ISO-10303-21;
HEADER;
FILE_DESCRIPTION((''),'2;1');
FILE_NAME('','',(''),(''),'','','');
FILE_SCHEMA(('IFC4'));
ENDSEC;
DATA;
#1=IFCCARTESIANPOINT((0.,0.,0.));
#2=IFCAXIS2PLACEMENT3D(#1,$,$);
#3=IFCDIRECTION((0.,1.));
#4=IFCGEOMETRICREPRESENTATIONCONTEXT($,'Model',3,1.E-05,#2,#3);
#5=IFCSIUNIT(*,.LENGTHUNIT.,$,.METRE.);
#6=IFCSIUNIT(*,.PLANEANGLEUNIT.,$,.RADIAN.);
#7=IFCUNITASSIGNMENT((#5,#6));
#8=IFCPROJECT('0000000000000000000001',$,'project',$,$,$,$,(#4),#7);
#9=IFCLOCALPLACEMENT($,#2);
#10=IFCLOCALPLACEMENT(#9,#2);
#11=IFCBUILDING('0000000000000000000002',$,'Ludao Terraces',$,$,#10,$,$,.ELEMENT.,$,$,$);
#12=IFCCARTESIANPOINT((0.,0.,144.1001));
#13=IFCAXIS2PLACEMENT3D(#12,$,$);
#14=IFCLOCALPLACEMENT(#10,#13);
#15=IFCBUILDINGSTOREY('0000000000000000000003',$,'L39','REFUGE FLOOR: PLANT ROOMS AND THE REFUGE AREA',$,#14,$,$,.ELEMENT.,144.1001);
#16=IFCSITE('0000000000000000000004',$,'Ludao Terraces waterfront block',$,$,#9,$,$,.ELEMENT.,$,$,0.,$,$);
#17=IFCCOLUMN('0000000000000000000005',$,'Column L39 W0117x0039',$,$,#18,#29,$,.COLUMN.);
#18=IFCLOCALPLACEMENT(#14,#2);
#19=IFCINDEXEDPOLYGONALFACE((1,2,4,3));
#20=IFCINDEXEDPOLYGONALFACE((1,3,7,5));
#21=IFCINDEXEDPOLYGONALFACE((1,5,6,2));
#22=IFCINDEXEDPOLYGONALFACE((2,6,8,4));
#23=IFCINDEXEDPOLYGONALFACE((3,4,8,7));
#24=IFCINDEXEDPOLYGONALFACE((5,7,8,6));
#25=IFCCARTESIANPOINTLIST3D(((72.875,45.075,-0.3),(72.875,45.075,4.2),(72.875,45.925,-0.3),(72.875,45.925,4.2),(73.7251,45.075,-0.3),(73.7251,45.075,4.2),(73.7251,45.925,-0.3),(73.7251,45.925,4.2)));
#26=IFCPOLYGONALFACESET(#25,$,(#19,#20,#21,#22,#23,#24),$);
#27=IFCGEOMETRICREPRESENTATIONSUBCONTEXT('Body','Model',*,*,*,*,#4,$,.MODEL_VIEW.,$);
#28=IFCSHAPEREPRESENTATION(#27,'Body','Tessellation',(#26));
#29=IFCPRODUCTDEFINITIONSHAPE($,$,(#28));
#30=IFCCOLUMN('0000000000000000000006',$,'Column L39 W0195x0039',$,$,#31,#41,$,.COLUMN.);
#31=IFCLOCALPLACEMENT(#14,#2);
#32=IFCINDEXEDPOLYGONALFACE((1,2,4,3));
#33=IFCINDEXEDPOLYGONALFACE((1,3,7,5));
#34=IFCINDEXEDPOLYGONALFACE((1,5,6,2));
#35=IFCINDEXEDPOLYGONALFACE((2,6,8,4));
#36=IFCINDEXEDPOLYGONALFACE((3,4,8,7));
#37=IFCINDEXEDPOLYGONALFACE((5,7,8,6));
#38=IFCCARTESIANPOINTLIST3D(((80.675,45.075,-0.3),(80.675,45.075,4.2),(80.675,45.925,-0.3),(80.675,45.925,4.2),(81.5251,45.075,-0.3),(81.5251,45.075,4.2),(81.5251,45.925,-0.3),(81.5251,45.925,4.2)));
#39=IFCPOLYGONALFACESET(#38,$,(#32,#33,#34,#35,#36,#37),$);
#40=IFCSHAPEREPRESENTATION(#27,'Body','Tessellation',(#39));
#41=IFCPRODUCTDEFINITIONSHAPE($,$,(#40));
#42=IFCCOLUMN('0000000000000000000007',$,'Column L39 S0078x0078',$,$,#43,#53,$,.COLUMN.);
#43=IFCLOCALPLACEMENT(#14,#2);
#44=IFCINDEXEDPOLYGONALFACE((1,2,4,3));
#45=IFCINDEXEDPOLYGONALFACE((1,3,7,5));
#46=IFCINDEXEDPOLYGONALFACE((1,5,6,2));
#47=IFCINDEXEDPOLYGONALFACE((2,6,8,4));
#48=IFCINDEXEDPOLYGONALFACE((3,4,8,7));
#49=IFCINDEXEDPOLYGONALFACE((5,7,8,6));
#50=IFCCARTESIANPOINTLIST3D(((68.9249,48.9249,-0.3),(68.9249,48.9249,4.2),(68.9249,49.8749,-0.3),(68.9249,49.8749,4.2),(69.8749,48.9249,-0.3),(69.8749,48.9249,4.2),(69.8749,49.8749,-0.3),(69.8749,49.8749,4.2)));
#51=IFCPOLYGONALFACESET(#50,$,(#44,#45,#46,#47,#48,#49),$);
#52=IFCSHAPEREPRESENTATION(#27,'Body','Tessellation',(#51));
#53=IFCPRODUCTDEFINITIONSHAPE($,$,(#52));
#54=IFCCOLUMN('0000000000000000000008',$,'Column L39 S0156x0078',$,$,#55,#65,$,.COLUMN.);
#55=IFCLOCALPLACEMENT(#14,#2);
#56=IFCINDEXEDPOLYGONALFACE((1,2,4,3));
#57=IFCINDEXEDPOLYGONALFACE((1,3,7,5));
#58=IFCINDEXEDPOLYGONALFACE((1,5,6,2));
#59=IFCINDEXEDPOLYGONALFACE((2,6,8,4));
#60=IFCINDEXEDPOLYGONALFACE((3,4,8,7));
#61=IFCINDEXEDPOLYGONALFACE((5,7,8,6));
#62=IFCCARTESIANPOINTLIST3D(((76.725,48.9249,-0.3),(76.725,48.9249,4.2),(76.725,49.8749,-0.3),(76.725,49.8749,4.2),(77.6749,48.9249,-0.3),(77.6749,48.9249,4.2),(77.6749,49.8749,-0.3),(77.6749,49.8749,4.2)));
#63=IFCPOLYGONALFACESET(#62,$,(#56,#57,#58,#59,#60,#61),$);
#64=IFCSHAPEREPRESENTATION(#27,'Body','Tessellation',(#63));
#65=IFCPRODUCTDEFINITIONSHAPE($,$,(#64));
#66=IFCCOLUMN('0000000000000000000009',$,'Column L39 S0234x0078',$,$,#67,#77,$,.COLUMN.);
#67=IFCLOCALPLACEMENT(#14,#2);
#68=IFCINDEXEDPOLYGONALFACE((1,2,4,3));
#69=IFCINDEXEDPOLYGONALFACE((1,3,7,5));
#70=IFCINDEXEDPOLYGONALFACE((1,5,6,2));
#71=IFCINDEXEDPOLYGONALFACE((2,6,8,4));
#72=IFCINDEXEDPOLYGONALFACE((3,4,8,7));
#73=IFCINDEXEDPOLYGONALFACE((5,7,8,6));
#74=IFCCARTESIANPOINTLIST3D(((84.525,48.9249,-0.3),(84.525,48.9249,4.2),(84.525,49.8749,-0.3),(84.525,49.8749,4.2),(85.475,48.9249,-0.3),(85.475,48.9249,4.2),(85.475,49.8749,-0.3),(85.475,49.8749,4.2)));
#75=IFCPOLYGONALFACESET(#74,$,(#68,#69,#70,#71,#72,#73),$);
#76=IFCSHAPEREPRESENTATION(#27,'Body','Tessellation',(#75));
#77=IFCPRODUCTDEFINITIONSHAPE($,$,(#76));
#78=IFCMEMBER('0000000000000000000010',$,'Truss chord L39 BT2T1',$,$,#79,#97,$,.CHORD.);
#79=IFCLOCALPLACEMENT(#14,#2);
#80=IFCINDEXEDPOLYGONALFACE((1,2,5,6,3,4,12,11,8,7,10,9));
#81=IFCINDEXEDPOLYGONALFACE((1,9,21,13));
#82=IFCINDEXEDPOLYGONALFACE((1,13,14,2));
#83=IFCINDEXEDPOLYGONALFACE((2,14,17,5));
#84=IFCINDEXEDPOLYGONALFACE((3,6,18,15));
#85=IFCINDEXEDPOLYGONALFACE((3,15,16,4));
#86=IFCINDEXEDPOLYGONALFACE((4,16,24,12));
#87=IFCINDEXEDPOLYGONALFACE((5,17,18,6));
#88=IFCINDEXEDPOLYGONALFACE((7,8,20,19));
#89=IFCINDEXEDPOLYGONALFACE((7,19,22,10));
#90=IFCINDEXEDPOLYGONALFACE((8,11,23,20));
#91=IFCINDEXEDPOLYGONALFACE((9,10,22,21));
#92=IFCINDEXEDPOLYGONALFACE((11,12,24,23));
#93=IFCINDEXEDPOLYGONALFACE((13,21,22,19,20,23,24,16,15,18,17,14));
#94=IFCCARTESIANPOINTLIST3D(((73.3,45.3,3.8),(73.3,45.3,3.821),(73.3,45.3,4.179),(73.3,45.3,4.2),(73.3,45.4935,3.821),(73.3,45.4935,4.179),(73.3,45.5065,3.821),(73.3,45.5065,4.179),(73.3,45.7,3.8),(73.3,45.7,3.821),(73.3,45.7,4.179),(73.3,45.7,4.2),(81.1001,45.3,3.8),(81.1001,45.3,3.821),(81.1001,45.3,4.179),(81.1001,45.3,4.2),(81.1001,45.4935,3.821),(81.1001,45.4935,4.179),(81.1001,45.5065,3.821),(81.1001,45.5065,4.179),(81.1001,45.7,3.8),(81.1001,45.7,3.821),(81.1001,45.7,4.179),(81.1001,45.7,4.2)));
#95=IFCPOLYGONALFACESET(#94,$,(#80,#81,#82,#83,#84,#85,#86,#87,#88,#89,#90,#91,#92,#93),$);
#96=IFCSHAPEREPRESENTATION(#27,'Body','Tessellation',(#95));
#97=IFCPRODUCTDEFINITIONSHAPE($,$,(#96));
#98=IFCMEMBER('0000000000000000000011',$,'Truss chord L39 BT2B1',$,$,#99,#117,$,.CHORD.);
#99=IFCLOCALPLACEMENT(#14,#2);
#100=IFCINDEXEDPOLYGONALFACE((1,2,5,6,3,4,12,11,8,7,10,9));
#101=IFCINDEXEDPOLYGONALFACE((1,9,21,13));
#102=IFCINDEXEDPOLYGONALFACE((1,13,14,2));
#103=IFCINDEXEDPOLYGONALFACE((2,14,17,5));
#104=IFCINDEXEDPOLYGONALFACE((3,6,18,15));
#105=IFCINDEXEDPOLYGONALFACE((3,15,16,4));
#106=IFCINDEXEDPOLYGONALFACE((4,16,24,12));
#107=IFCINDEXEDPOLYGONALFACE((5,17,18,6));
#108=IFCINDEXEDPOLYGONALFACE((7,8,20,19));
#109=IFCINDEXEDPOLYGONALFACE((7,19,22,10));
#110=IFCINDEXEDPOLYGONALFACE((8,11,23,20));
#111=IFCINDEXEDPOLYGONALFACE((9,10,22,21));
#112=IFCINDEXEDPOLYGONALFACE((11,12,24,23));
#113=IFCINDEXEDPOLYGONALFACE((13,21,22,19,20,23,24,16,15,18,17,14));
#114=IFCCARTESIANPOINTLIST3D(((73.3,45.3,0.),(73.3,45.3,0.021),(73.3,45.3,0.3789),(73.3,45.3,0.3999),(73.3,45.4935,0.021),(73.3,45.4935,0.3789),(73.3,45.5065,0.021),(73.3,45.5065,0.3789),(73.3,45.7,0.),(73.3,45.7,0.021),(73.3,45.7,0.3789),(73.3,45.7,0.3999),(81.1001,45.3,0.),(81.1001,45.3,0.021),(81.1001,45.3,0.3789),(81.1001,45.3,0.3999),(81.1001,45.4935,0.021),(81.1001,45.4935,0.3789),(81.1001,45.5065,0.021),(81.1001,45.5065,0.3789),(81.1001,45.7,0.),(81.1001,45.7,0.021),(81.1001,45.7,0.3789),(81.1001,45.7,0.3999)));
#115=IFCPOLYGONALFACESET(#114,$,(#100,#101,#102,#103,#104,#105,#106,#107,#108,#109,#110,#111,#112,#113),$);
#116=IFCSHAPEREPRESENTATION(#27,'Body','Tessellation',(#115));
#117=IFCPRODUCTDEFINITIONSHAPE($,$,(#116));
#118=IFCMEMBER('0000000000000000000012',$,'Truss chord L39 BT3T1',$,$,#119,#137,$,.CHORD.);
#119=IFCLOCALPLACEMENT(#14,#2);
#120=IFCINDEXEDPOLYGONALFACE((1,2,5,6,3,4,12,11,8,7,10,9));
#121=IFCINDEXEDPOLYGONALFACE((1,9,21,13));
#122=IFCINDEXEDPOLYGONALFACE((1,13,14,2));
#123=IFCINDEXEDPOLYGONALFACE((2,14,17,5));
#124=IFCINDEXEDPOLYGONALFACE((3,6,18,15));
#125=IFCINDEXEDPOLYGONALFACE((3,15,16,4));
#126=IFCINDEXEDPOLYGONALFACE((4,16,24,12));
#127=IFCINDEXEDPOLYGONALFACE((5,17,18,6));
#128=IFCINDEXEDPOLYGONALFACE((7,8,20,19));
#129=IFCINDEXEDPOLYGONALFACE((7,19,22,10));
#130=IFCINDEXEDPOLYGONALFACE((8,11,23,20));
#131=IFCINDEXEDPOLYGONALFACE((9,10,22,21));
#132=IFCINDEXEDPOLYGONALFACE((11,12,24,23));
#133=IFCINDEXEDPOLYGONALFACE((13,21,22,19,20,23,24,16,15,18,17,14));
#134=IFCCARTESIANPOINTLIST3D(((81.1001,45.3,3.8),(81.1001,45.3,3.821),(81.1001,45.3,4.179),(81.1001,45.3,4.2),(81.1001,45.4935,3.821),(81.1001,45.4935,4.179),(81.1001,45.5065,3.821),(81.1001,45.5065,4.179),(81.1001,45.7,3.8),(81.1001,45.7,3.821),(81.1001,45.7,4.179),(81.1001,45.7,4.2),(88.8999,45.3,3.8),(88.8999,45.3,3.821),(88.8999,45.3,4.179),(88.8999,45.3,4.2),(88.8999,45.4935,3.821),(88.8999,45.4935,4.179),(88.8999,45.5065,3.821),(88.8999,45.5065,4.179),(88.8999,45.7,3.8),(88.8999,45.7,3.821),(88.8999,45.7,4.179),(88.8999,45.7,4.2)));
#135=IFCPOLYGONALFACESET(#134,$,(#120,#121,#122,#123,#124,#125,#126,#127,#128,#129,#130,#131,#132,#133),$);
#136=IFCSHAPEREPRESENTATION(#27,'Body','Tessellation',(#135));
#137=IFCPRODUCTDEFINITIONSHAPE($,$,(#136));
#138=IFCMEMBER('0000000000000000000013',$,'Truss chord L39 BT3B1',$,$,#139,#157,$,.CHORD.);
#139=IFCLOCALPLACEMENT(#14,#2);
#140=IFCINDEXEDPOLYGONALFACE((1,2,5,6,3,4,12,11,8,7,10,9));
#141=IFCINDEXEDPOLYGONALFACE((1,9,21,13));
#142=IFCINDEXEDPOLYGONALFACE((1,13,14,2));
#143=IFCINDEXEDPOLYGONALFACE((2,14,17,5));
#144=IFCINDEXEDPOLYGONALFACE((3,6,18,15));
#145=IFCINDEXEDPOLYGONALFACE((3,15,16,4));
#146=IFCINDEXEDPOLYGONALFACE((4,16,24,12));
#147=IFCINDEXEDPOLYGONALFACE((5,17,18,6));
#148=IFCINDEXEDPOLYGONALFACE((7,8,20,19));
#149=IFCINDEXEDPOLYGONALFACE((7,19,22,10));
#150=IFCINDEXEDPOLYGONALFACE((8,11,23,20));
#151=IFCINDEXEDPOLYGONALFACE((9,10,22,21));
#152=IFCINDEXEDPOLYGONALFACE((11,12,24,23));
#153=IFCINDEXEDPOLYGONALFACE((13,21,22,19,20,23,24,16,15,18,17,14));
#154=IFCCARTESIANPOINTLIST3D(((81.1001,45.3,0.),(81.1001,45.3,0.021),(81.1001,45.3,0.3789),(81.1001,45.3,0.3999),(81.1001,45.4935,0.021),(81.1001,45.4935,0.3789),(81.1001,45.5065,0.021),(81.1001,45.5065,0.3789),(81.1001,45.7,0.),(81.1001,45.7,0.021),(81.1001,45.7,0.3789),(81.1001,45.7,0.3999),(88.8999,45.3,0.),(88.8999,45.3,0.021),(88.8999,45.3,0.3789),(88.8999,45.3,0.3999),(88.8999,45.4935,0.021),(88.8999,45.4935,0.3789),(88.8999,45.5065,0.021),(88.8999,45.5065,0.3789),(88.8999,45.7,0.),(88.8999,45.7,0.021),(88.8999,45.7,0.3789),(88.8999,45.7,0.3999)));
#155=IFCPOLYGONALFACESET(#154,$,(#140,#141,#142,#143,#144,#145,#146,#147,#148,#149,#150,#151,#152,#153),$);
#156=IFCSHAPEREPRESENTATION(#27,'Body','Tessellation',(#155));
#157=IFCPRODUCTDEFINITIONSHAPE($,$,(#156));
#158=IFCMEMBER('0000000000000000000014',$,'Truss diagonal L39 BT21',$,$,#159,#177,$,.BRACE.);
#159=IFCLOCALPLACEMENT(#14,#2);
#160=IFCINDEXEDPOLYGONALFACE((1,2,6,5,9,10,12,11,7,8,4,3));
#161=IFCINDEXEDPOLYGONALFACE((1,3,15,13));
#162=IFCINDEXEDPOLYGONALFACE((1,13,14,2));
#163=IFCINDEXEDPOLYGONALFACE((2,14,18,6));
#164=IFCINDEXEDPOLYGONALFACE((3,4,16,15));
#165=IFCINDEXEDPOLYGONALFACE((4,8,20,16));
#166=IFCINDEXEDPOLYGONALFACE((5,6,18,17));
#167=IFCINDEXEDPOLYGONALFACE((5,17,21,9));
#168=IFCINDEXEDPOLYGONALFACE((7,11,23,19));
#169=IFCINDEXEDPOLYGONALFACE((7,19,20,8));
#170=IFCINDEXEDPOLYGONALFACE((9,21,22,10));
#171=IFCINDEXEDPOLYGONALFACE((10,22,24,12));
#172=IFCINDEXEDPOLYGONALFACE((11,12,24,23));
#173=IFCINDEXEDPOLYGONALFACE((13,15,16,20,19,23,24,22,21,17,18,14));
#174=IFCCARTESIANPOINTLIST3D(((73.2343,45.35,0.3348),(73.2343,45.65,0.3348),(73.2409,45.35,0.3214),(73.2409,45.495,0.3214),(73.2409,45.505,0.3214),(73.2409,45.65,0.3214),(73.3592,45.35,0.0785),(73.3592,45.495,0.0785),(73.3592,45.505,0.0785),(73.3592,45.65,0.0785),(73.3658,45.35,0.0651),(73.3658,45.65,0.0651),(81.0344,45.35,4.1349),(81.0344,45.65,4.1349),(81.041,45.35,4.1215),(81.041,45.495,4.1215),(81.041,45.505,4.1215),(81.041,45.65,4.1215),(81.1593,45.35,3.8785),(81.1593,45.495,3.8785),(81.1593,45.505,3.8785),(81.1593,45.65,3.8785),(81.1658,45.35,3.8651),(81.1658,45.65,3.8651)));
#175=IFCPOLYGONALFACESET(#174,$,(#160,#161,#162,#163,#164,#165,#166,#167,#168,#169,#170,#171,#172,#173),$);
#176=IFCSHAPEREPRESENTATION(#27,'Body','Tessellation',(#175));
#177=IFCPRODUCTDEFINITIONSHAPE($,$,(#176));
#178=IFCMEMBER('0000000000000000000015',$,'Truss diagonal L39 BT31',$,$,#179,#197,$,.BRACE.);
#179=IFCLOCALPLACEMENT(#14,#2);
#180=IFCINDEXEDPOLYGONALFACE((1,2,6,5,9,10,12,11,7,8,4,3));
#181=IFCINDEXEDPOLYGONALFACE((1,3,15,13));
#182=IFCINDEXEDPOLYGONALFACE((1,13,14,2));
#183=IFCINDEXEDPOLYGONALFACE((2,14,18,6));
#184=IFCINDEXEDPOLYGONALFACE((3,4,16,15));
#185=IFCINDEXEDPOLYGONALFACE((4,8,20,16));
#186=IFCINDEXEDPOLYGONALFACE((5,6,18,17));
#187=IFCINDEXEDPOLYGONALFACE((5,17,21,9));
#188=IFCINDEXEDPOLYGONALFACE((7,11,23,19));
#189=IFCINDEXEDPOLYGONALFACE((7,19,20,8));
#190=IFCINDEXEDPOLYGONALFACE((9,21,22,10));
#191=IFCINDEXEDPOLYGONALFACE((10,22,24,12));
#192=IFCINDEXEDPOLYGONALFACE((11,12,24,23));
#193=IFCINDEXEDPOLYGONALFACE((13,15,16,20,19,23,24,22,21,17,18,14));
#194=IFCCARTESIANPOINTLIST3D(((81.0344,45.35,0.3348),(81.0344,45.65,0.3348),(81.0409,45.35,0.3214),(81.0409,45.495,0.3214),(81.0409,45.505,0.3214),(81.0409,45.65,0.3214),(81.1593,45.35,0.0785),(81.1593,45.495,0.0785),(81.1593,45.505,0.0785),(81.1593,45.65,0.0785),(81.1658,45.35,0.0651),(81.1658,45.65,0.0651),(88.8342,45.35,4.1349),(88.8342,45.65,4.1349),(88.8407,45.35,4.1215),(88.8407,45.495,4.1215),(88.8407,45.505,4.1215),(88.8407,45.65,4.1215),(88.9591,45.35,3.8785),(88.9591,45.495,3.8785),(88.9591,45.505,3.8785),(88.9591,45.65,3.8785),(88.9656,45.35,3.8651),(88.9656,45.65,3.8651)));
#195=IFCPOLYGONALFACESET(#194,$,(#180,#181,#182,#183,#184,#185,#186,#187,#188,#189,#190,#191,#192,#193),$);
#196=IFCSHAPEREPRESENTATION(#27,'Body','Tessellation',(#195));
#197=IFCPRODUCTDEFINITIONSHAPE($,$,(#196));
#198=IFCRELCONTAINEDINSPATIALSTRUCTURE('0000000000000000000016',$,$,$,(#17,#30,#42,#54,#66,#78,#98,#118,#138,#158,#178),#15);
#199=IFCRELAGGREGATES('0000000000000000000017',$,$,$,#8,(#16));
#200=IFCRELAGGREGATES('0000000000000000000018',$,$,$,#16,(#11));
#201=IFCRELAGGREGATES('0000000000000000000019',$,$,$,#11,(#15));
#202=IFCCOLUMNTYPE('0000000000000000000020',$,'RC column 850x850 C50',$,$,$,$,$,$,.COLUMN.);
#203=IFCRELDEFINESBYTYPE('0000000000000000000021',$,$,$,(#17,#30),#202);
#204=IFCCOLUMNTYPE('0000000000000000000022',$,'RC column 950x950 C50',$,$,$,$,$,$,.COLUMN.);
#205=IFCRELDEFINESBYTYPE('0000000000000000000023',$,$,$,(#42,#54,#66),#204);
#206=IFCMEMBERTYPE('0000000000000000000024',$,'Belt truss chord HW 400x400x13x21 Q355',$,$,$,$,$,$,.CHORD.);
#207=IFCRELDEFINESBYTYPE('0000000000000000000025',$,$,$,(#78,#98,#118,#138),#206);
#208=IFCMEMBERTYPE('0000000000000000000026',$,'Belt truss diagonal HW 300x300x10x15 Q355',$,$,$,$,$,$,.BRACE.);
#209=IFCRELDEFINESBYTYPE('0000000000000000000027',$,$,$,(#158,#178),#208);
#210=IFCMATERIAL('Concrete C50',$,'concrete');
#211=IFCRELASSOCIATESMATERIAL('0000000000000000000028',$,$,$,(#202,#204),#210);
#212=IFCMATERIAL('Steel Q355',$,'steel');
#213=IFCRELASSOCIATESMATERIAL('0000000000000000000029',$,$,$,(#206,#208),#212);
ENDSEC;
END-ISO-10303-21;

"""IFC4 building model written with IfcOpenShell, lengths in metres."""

from ifc_helpers import new_model, si_unit, direction, frame, origin, origin_2d, place, context, subcontext, project, spatial, rectangle, i_section, extrude, material, material_profile, profile_set, type_object, element, save


model = new_model("IFC4")

# Units and contexts
model_context = context("Model", 3, precision=1e-05, world=origin(), true_north=direction((0.0, 1.0)))
body_context = subcontext(model_context, "Body", "Model", "MODEL_VIEW")
ifc_project = project(units=[si_unit("LENGTHUNIT", "METRE"), si_unit("PLANEANGLEUNIT", "RADIAN")], contexts=[model_context])

# Site, building, storey
site_placement = place(None, origin())
site = spatial("IfcSite", under=ifc_project, at=site_placement, Name="Ludao Terraces waterfront block", CompositionType="ELEMENT", RefElevation=0.0)
building_placement = place(site_placement, origin())
building = spatial("IfcBuilding", under=site, at=building_placement, Name="Ludao Terraces", CompositionType="ELEMENT")
storey_placement = place(building_placement, frame((0.0, 0.0, 144.1001)))
storey = spatial("IfcBuildingStorey", under=building, at=storey_placement, Name="L39", Description="REFUGE FLOOR: PLANT ROOMS AND THE REFUGE AREA", CompositionType="ELEMENT", Elevation=144.1001)

# Columns
ifc_material_1 = material(Name="Concrete C50", Category="concrete")
ifc_material_profile_1 = material_profile(ifc_material_1, rectangle(XDim=0.8501, YDim=0.8501, at=origin_2d()), Name="850 X 850")
ifc_profile_set_1 = profile_set([ifc_material_profile_1], Name="Concrete C50")
column_type_1 = type_object("IfcColumnType", Name="RC column 850x850 C50", PredefinedType="COLUMN", material=ifc_profile_set_1)
for number, where, z_axis, x_axis, name in (
    (1, (73.3, 45.5, -0.3), (0.0, 0.0, 1.0), (1.0, 0.0, 0.0), "Column L39 W0117x0039"),
    (2, (81.1001, 45.5, -0.3), (0.0, 0.0, 1.0), (1.0, 0.0, 0.0), "Column L39 W0195x0039"),
):
    element("IfcColumn", number, at=place(storey_placement, frame(where, z_axis=z_axis, x_axis=x_axis)), inside=storey, type_object=column_type_1, Name=name, PredefinedType="COLUMN", context=body_context, shape_type="SweptSolid", body=[
        extrude(rectangle(XDim=0.8501, YDim=0.8501, at=origin_2d()), origin(), (0.0, 0.0, 1.0), 4.5),
    ])
ifc_material_profile_2 = material_profile(ifc_material_1, rectangle(XDim=0.95, YDim=0.95, at=origin_2d()), Name="950 X 950")
ifc_profile_set_2 = profile_set([ifc_material_profile_2], Name="Concrete C50")
column_type_2 = type_object("IfcColumnType", Name="RC column 950x950 C50", PredefinedType="COLUMN", material=ifc_profile_set_2)
for number, where, z_axis, x_axis, name in (
    (3, (69.3999, 49.3999, -0.3), (0.0, 0.0, 1.0), (1.0, 0.0, 0.0), "Column L39 S0078x0078"),
    (4, (77.2, 49.3999, -0.3), (0.0, 0.0, 1.0), (1.0, 0.0, 0.0), "Column L39 S0156x0078"),
    (5, (85.0, 49.3999, -0.3), (0.0, 0.0, 1.0), (1.0, 0.0, 0.0), "Column L39 S0234x0078"),
):
    element("IfcColumn", number, at=place(storey_placement, frame(where, z_axis=z_axis, x_axis=x_axis)), inside=storey, type_object=column_type_2, Name=name, PredefinedType="COLUMN", context=body_context, shape_type="SweptSolid", body=[
        extrude(rectangle(XDim=0.95, YDim=0.95, at=origin_2d()), origin(), (0.0, 0.0, 1.0), 4.5),
    ])

# Members
ifc_material_2 = material(Name="Steel Q355", Category="steel")
ifc_material_profile_3 = material_profile(ifc_material_2, i_section(OverallWidth=0.3999, OverallDepth=0.3999, WebThickness=0.0129, FlangeThickness=0.021, at=origin_2d()), Name="HW 400X400X13X21")
ifc_profile_set_3 = profile_set([ifc_material_profile_3], Name="Steel Q355")
member_type_1 = type_object("IfcMemberType", Name="Belt truss chord HW 400x400x13x21 Q355", PredefinedType="CHORD", material=ifc_profile_set_3)
for number, where, z_axis, x_axis, name in (
    (6, (73.3, 45.5, 4.0), (1.0, 0.0, 0.0), (0.0, 1.0, 0.0), "Truss chord L39 BT2T1"),
    (7, (73.3, 45.5, 0.2), (1.0, 0.0, 0.0), (0.0, 1.0, 0.0), "Truss chord L39 BT2B1"),
):
    element("IfcMember", number, at=place(storey_placement, frame(where, z_axis=z_axis, x_axis=x_axis)), inside=storey, type_object=member_type_1, Name=name, PredefinedType="CHORD", context=body_context, shape_type="SweptSolid", body=[
        extrude(i_section(OverallWidth=0.3999, OverallDepth=0.3999, WebThickness=0.0129, FlangeThickness=0.021, at=origin_2d()), origin(), (0.0, 0.0, 1.0), 7.8),
    ])
for number, where, z_axis, x_axis, name in (
    (8, (81.1001, 45.5, 4.0), (1.0, 0.0, 0.0), (0.0, 1.0, 0.0), "Truss chord L39 BT3T1"),
    (9, (81.1001, 45.5, 0.2), (1.0, 0.0, 0.0), (0.0, 1.0, 0.0), "Truss chord L39 BT3B1"),
):
    element("IfcMember", number, at=place(storey_placement, frame(where, z_axis=z_axis, x_axis=x_axis)), inside=storey, type_object=member_type_1, Name=name, PredefinedType="CHORD", context=body_context, shape_type="SweptSolid", body=[
        extrude(i_section(OverallWidth=0.3999, OverallDepth=0.3999, WebThickness=0.0129, FlangeThickness=0.021, at=origin_2d()), origin(), (0.0, 0.0, 1.0), 7.7998),
    ])
ifc_material_profile_4 = material_profile(ifc_material_2, i_section(OverallWidth=0.3, OverallDepth=0.3, WebThickness=0.01, FlangeThickness=0.0149, at=origin_2d()), Name="HW 300X300X10X15")
ifc_profile_set_4 = profile_set([ifc_material_profile_4], Name="Steel Q355")
member_type_2 = type_object("IfcMemberType", Name="Belt truss diagonal HW 300x300x10x15 Q355", PredefinedType="BRACE", material=ifc_profile_set_4)
member_1_placement = place(storey_placement, frame((73.3, 45.5, 0.2), z_axis=(0.898989, 0.0, 0.437972), x_axis=(0.0, 1.0, 0.0)))
element("IfcMember", 10, at=member_1_placement, inside=storey, type_object=member_type_2, Name="Truss diagonal L39 BT21", PredefinedType="BRACE", context=body_context, shape_type="SweptSolid", body=[
    extrude(i_section(OverallWidth=0.3, OverallDepth=0.3, WebThickness=0.01, FlangeThickness=0.0149, at=origin_2d()), origin(), (0.0, 0.0, 1.0), 8.6765),
])
member_2_placement = place(storey_placement, frame((81.1001, 45.5, 0.2), z_axis=(0.898983, 0.0, 0.437983), x_axis=(0.0, 1.0, 0.0)))
element("IfcMember", 11, at=member_2_placement, inside=storey, type_object=member_type_2, Name="Truss diagonal L39 BT31", PredefinedType="BRACE", context=body_context, shape_type="SweptSolid", body=[
    extrude(i_section(OverallWidth=0.3, OverallDepth=0.3, WebThickness=0.01, FlangeThickness=0.0149, at=origin_2d()), origin(), (0.0, 0.0, 1.0), 8.6763),
])

save(model, "model.ifc")
